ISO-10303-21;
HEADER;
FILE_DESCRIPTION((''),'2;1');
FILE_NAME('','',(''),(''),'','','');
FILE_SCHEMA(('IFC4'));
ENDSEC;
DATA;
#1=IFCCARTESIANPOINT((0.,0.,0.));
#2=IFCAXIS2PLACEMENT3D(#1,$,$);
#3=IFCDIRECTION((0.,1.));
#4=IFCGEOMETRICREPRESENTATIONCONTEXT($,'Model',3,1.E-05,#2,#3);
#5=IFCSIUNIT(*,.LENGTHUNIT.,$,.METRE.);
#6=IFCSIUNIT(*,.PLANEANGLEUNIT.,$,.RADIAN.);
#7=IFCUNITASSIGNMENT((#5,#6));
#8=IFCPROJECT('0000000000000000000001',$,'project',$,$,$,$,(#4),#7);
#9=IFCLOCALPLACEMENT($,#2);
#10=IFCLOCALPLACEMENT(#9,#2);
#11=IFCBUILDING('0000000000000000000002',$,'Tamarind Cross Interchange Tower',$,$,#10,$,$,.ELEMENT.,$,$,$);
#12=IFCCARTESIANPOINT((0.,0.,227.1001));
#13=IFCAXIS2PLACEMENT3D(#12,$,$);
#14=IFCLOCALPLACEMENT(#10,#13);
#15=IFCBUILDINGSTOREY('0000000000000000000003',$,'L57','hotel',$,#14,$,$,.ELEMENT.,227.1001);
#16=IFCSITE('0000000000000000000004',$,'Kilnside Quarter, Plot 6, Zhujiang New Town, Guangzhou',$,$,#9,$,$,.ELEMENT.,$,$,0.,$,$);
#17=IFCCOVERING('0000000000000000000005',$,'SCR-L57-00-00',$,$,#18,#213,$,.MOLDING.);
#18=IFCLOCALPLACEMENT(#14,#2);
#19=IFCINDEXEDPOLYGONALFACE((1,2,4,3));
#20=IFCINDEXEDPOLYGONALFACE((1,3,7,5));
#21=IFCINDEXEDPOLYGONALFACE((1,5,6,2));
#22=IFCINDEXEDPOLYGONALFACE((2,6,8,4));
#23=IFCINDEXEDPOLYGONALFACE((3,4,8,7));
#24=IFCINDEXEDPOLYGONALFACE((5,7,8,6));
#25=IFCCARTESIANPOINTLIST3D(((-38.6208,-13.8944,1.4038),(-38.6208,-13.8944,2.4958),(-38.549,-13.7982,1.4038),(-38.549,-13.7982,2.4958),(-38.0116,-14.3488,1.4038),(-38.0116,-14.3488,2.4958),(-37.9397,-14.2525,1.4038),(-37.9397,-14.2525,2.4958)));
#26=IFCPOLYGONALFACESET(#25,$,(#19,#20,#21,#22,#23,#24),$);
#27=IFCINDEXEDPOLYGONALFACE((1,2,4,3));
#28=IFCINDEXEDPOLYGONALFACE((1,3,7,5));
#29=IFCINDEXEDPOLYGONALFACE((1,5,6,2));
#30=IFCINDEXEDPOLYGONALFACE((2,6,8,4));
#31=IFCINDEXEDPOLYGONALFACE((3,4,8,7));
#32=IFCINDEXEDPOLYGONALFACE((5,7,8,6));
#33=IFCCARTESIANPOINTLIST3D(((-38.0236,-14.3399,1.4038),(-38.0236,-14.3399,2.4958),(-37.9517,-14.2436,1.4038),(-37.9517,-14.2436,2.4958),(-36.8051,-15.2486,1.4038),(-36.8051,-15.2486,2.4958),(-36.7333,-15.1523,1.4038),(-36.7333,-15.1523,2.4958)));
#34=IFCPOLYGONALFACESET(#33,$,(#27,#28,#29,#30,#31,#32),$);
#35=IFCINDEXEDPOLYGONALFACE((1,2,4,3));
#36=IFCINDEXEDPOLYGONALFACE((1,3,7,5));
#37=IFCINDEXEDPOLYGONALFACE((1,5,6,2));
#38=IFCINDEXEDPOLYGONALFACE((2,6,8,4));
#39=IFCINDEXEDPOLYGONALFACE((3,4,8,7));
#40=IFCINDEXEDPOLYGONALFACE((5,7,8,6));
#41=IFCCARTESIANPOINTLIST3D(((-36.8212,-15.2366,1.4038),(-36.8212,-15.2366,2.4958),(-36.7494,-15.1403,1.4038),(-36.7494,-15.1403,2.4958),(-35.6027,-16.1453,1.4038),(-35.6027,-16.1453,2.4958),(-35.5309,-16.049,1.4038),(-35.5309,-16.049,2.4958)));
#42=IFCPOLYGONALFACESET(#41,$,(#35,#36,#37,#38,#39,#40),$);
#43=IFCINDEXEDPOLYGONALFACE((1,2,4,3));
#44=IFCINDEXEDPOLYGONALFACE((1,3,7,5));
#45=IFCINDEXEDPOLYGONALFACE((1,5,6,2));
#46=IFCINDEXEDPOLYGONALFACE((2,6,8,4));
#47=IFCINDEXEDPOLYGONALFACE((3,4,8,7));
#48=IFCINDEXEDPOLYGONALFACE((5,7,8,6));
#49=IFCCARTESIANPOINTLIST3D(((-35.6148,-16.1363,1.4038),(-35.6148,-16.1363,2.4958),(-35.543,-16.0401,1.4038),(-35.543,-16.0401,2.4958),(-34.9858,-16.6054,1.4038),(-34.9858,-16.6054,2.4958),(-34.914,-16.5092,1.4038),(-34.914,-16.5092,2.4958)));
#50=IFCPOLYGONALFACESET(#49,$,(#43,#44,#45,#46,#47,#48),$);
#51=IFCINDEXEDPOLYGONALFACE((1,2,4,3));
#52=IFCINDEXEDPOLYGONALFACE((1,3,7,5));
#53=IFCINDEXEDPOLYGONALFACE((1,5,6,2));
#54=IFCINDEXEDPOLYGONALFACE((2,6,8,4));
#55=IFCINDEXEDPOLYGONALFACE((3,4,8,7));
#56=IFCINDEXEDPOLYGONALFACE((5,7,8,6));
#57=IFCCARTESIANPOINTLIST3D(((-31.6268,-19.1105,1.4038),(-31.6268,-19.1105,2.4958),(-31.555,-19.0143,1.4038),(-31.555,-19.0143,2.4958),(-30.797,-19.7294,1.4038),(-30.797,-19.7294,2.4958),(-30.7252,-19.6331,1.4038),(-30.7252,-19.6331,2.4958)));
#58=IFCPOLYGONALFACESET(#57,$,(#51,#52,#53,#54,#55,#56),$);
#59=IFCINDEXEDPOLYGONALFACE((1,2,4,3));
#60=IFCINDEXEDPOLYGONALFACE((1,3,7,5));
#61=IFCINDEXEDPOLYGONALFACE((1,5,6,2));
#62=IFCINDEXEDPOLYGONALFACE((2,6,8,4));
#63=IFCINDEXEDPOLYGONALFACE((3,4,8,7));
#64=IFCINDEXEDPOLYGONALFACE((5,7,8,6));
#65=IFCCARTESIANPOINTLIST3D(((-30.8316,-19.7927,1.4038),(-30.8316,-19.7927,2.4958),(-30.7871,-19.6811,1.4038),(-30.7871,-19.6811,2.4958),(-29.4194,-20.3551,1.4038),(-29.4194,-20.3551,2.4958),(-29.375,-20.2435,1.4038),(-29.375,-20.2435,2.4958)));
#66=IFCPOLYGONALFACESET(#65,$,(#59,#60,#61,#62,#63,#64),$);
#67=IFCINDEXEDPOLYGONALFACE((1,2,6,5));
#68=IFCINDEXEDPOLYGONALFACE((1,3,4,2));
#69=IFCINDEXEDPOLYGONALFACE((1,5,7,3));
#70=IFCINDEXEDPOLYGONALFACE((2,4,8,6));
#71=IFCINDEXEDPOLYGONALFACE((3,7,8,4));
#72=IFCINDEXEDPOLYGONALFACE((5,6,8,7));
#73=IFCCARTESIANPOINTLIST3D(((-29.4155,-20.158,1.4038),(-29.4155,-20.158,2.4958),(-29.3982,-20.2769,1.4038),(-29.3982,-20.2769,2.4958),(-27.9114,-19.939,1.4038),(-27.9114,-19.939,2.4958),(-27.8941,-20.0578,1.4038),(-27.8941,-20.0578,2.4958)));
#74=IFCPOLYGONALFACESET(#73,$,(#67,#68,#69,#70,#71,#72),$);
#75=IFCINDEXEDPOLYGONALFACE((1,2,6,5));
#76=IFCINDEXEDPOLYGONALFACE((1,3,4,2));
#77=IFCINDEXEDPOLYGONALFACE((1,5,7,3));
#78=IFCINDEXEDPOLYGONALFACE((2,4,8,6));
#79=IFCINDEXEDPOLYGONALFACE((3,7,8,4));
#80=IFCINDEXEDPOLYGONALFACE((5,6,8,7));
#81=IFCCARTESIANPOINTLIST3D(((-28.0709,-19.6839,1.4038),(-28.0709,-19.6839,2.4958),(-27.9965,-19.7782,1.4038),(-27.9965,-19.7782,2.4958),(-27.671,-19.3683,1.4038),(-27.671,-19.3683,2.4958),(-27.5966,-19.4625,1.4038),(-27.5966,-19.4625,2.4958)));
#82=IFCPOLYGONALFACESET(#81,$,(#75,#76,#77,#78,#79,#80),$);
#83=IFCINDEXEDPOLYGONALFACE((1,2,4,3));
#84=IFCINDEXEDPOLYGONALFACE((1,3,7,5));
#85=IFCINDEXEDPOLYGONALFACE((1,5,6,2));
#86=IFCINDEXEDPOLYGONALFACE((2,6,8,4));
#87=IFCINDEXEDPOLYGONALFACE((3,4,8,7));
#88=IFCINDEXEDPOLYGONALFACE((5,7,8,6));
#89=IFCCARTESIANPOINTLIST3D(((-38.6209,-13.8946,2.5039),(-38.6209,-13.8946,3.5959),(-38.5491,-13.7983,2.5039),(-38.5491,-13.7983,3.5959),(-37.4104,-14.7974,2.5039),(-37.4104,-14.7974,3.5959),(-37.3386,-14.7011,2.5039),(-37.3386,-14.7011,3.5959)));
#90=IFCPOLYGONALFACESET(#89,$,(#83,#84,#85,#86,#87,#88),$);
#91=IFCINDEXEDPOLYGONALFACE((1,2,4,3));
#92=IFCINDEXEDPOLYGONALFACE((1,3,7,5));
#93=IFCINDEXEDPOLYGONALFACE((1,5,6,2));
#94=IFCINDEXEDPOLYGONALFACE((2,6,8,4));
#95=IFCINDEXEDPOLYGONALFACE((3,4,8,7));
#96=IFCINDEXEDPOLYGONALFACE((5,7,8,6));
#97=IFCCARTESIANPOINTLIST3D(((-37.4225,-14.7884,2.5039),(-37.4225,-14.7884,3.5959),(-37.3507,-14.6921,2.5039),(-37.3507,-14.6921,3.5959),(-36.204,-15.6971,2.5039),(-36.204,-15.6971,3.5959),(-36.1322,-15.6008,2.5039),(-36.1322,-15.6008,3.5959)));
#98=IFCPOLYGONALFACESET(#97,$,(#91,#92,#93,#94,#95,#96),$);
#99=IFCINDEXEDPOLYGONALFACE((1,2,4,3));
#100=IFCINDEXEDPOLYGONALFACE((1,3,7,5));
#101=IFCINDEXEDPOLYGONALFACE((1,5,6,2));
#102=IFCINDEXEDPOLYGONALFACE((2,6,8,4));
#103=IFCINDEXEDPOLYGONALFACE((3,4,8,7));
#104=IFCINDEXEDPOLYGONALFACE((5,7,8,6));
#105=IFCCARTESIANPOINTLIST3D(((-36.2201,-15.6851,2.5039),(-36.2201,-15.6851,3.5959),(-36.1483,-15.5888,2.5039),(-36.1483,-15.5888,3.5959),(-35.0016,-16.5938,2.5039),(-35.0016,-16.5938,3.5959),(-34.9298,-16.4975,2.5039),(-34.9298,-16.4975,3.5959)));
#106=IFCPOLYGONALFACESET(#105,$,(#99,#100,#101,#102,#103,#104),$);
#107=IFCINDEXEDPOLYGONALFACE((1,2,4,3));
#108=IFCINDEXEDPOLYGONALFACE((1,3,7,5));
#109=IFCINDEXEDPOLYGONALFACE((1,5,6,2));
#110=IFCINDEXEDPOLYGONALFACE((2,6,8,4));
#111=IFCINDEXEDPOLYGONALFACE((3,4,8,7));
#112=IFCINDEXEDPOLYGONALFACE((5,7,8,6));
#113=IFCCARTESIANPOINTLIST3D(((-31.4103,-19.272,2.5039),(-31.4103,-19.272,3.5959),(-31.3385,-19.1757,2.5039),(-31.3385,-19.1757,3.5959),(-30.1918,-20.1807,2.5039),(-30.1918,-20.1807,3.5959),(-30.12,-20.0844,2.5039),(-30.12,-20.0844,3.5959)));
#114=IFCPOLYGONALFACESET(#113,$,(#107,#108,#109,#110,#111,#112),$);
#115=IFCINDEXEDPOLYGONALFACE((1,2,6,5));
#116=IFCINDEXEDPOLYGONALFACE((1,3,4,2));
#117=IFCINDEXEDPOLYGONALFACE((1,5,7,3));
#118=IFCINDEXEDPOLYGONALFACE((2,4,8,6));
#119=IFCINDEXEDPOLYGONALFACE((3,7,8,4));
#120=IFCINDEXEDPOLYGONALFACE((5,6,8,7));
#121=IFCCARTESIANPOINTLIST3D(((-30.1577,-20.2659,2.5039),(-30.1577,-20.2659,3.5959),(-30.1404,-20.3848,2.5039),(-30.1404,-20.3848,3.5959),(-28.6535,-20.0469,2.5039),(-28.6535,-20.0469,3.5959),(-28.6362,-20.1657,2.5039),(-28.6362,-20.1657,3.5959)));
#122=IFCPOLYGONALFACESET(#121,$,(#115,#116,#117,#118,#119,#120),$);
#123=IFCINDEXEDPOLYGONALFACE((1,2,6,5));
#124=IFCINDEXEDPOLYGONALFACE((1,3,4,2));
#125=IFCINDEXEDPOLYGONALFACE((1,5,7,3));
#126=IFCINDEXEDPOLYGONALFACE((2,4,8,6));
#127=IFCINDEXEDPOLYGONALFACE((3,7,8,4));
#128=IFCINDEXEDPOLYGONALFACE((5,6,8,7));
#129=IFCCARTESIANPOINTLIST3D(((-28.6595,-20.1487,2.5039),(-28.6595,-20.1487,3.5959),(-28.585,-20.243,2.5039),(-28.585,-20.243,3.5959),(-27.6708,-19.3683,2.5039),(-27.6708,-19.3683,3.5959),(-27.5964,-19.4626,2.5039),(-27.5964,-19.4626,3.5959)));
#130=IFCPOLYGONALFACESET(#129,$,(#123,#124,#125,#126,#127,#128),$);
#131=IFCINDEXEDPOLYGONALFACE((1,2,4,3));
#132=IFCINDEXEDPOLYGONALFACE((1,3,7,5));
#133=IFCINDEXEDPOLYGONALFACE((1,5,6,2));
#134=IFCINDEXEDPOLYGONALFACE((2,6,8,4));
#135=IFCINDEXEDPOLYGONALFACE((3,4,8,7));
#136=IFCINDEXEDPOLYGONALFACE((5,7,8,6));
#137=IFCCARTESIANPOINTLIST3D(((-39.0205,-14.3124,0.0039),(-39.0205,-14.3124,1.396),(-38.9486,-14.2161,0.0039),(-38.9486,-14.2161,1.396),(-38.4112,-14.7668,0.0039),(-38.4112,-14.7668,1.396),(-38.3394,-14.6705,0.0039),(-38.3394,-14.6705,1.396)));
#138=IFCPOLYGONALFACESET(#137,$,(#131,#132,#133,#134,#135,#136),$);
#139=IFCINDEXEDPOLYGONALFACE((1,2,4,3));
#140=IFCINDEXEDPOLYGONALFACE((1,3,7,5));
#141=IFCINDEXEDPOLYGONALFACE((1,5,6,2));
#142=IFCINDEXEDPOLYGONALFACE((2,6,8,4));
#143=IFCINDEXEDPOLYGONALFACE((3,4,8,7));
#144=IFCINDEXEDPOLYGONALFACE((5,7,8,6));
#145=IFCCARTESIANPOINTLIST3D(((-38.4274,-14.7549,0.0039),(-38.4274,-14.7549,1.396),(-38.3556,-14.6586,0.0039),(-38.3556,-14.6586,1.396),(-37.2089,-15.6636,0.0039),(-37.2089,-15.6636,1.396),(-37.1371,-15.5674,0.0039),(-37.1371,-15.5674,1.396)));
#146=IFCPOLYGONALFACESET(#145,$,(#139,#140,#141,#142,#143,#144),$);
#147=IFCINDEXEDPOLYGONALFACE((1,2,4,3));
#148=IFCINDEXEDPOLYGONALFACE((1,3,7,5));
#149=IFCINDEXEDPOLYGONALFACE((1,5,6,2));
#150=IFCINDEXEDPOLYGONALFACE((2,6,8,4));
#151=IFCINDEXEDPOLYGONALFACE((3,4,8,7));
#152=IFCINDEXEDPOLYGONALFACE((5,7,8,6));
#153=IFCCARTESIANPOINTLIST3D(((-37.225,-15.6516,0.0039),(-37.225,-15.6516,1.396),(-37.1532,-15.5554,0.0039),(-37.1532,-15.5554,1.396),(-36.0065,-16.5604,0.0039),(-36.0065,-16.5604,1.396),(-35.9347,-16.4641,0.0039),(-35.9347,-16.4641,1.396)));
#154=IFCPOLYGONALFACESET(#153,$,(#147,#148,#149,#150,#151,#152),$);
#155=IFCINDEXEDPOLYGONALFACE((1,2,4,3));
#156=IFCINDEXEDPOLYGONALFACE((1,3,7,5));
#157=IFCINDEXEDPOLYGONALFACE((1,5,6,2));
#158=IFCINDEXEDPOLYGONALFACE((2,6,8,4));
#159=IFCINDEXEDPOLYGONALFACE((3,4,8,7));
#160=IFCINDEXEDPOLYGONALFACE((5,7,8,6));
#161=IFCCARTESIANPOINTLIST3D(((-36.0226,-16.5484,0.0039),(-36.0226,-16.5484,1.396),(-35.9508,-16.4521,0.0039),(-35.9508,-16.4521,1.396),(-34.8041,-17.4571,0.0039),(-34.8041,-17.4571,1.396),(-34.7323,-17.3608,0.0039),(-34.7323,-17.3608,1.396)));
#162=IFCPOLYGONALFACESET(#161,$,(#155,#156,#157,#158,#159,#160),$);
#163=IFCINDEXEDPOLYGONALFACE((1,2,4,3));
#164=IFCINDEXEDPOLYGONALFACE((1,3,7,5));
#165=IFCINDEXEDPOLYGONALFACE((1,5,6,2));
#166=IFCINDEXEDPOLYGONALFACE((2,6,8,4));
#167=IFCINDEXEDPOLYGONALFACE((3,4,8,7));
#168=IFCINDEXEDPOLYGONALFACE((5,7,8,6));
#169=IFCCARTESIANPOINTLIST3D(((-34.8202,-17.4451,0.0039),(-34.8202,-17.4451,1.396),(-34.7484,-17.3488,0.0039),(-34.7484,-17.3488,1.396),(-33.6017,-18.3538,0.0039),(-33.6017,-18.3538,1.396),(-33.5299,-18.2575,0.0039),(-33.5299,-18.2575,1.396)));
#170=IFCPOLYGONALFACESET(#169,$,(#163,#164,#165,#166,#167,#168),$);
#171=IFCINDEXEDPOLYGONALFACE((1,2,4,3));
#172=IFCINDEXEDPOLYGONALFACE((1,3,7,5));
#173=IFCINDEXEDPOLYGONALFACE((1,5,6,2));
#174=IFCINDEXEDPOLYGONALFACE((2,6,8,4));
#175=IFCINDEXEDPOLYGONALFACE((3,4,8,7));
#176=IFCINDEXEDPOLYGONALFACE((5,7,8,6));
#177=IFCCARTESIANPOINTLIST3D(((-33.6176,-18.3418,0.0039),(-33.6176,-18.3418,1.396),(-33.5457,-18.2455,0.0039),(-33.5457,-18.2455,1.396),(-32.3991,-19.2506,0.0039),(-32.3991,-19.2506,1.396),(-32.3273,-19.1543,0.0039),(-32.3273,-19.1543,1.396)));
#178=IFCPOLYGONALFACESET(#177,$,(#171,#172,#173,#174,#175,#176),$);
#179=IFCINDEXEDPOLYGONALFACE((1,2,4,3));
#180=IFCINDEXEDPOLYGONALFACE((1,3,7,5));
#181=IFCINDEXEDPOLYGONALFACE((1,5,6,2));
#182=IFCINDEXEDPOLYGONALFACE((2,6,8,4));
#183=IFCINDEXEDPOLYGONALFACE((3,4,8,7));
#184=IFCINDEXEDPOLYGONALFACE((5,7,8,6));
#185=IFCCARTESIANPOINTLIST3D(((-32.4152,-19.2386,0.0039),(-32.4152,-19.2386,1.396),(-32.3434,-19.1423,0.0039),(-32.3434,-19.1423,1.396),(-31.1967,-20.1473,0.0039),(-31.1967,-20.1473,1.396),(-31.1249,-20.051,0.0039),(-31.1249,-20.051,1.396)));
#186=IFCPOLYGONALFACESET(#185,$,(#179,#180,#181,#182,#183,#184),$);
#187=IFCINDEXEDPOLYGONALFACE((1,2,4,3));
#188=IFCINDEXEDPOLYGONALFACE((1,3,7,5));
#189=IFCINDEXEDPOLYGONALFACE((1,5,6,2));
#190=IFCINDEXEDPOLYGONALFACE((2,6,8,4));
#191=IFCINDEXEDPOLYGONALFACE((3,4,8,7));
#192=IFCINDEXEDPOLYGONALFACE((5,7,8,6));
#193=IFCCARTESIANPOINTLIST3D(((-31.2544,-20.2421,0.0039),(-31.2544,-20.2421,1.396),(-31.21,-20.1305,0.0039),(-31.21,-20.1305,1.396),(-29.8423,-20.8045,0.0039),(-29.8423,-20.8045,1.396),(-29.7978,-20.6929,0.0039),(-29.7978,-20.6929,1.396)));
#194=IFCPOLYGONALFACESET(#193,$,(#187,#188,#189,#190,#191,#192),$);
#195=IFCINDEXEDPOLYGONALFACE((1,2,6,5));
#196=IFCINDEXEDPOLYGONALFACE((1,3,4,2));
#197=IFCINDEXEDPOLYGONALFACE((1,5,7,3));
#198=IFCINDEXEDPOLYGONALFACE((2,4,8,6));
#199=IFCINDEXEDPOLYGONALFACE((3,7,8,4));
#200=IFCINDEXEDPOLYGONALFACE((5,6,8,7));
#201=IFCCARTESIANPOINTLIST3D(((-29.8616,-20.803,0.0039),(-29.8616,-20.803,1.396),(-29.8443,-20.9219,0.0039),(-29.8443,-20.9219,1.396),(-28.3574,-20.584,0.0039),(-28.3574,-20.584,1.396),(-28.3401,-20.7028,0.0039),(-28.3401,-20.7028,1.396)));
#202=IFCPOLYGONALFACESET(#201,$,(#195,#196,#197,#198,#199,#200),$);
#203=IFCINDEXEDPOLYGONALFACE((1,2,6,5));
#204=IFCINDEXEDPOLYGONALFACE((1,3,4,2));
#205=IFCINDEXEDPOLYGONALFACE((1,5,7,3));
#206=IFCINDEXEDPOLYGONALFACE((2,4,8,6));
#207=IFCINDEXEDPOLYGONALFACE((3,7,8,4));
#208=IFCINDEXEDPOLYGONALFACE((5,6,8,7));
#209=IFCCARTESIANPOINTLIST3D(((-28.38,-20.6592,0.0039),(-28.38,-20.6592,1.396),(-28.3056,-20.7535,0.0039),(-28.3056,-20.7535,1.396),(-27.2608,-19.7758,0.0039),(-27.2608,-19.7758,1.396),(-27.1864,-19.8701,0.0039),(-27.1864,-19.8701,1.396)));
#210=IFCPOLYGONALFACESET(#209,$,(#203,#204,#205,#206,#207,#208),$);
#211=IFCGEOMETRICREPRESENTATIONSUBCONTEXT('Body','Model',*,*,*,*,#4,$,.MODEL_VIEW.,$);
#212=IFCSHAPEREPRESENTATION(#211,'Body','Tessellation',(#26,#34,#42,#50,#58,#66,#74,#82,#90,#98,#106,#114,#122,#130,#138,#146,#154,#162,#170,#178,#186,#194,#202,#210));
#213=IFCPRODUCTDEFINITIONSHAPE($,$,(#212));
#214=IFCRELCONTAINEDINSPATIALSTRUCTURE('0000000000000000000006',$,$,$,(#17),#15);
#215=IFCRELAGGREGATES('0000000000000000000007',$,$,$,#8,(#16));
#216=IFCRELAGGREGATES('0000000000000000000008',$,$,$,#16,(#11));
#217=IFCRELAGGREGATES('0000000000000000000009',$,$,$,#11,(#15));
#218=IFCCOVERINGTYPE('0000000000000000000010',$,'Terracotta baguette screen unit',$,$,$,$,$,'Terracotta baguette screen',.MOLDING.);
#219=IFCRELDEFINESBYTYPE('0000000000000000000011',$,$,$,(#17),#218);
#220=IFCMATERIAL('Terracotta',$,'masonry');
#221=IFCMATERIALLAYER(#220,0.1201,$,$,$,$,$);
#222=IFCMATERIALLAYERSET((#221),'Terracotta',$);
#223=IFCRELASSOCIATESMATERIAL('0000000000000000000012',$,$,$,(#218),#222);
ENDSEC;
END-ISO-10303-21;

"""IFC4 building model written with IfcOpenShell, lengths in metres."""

from ifc_helpers import new_model, si_unit, direction, frame, origin, origin_2d, place, context, subcontext, project, spatial, rectangle, extrude, material, layer, layer_set, type_object, element, save


model = new_model("IFC4")

# Units and contexts
model_context = context("Model", 3, precision=1e-05, world=origin(), true_north=direction((0.0, 1.0)))
body_context = subcontext(model_context, "Body", "Model", "MODEL_VIEW")
ifc_project = project(units=[si_unit("LENGTHUNIT", "METRE"), si_unit("PLANEANGLEUNIT", "RADIAN")], contexts=[model_context])

# Site, building, storey
site_placement = place(None, origin())
site = spatial("IfcSite", under=ifc_project, at=site_placement, Name="Kilnside Quarter, Plot 6, Zhujiang New Town, Guangzhou", CompositionType="ELEMENT", RefElevation=0.0)
building_placement = place(site_placement, origin())
building = spatial("IfcBuilding", under=site, at=building_placement, Name="Tamarind Cross Interchange Tower", CompositionType="ELEMENT")
storey_placement = place(building_placement, frame((0.0, 0.0, 227.1001)))
storey = spatial("IfcBuildingStorey", under=building, at=storey_placement, Name="L57", Description="hotel", CompositionType="ELEMENT", Elevation=227.1001)

# Covering
ifc_material_1 = material(Name="Terracotta", Category="masonry")
ifc_layer_1 = layer(ifc_material_1, 0.1201)
ifc_layer_set_1 = layer_set([ifc_layer_1], Name="Terracotta")
covering_type = type_object("IfcCoveringType", Name="Terracotta baguette screen unit", ElementType="Terracotta baguette screen", PredefinedType="MOLDING", material=ifc_layer_set_1)
covering_1_placement = place(storey_placement, origin())
element("IfcCovering", 1, at=covering_1_placement, inside=storey, type_object=covering_type, Name="SCR-L57-00-00", PredefinedType="MOLDING", context=body_context, shape_type="SweptSolid", body=[
    extrude(rectangle(XDim=0.76, YDim=0.1201, at=origin_2d()), frame((-38.2803, -14.0735, 1.4038), z_axis=(0.0, 0.0, 1.0), x_axis=(0.801617, -0.597838, 0.0)), (0.0, 0.0, 1.0), 1.092),
    extrude(rectangle(XDim=1.52, YDim=0.1201, at=origin_2d()), frame((-37.3784, -14.7461, 1.4038), z_axis=(0.0, 0.0, 1.0), x_axis=(0.801617, -0.597838, 0.0)), (0.0, 0.0, 1.0), 1.092),
    extrude(rectangle(XDim=1.52, YDim=0.1201, at=origin_2d()), frame((-36.176, -15.6428, 1.4038), z_axis=(0.0, 0.0, 1.0), x_axis=(0.801617, -0.597838, 0.0)), (0.0, 0.0, 1.0), 1.092),
    extrude(rectangle(XDim=0.7847, YDim=0.1201, at=origin_2d()), frame((-35.2644, -16.3228, 1.4038), z_axis=(0.0, 0.0, 1.0), x_axis=(0.801617, -0.597838, 0.0)), (0.0, 0.0, 1.0), 1.092),
    extrude(rectangle(XDim=1.0352, YDim=0.1201, at=origin_2d()), frame((-31.176, -19.3718, 1.4038), z_axis=(0.0, 0.0, 1.0), x_axis=(0.801617, -0.597838, 0.0)), (0.0, 0.0, 1.0), 1.092),
    extrude(rectangle(XDim=1.52, YDim=0.1201, at=origin_2d()), frame((-30.1033, -20.0181, 1.4038), z_axis=(0.0, 0.0, 1.0), x_axis=(0.929034, -0.369993, 0.0)), (0.0, 0.0, 1.0), 1.092),
    extrude(rectangle(XDim=1.52, YDim=0.1201, at=origin_2d()), frame((-28.6548, -20.1079, 1.4038), z_axis=(0.0, 0.0, 1.0), x_axis=(0.989564, 0.144094, 0.0)), (0.0, 0.0, 1.0), 1.092),
    extrude(rectangle(XDim=0.5095, YDim=0.1201, at=origin_2d()), frame((-27.8337, -19.5732, 1.4038), z_axis=(0.0, 0.0, 1.0), x_axis=(0.784941, 0.619571, 0.0)), (0.0, 0.0, 1.0), 1.092),
    extrude(rectangle(XDim=1.51, YDim=0.1201, at=origin_2d()), frame((-37.9797, -14.2979, 2.5039), z_axis=(0.0, 0.0, 1.0), x_axis=(0.801617, -0.597838, 0.0)), (0.0, 0.0, 1.0), 1.092),
    extrude(rectangle(XDim=1.52, YDim=0.1201, at=origin_2d()), frame((-36.7773, -15.1946, 2.5039), z_axis=(0.0, 0.0, 1.0), x_axis=(0.801617, -0.597838, 0.0)), (0.0, 0.0, 1.0), 1.092),
    extrude(rectangle(XDim=1.52, YDim=0.1201, at=origin_2d()), frame((-35.575, -16.0913, 2.5039), z_axis=(0.0, 0.0, 1.0), x_axis=(0.801617, -0.597838, 0.0)), (0.0, 0.0, 1.0), 1.092),
    extrude(rectangle(XDim=1.52, YDim=0.1201, at=origin_2d()), frame((-30.7651, -19.6782, 2.5039), z_axis=(0.0, 0.0, 1.0), x_axis=(0.801617, -0.597838, 0.0)), (0.0, 0.0, 1.0), 1.092),
    extrude(rectangle(XDim=1.52, YDim=0.1201, at=origin_2d()), frame((-29.397, -20.2158, 2.5039), z_axis=(0.0, 0.0, 1.0), x_axis=(0.989564, 0.144094, 0.0)), (0.0, 0.0, 1.0), 1.092),
    extrude(rectangle(XDim=1.2595, YDim=0.1201, at=origin_2d()), frame((-28.1279, -19.8057, 2.5039), z_axis=(0.0, 0.0, 1.0), x_axis=(0.784941, 0.619571, 0.0)), (0.0, 0.0, 1.0), 1.092),
    extrude(rectangle(XDim=0.76, YDim=0.1201, at=origin_2d()), frame((-38.6799, -14.4915, 0.0039), z_axis=(0.0, 0.0, 1.0), x_axis=(0.801617, -0.597838, 0.0)), (0.0, 0.0, 1.0), 1.3921),
    extrude(rectangle(XDim=1.52, YDim=0.1201, at=origin_2d()), frame((-37.7822, -15.1611, 0.0039), z_axis=(0.0, 0.0, 1.0), x_axis=(0.801617, -0.597838, 0.0)), (0.0, 0.0, 1.0), 1.3921),
    extrude(rectangle(XDim=1.52, YDim=0.1201, at=origin_2d()), frame((-36.5798, -16.0579, 0.0039), z_axis=(0.0, 0.0, 1.0), x_axis=(0.801617, -0.597838, 0.0)), (0.0, 0.0, 1.0), 1.3921),
    extrude(rectangle(XDim=1.52, YDim=0.1201, at=origin_2d()), frame((-35.3774, -16.9546, 0.0039), z_axis=(0.0, 0.0, 1.0), x_axis=(0.801617, -0.597838, 0.0)), (0.0, 0.0, 1.0), 1.3921),
    extrude(rectangle(XDim=1.52, YDim=0.1201, at=origin_2d()), frame((-34.175, -17.8513, 0.0039), z_axis=(0.0, 0.0, 1.0), x_axis=(0.801617, -0.597838, 0.0)), (0.0, 0.0, 1.0), 1.3921),
    extrude(rectangle(XDim=1.52, YDim=0.1201, at=origin_2d()), frame((-32.9724, -18.748, 0.0039), z_axis=(0.0, 0.0, 1.0), x_axis=(0.801617, -0.597838, 0.0)), (0.0, 0.0, 1.0), 1.3921),
    extrude(rectangle(XDim=1.52, YDim=0.1201, at=origin_2d()), frame((-31.77, -19.6448, 0.0039), z_axis=(0.0, 0.0, 1.0), x_axis=(0.801617, -0.597838, 0.0)), (0.0, 0.0, 1.0), 1.3921),
    extrude(rectangle(XDim=1.52, YDim=0.1201, at=origin_2d()), frame((-30.5261, -20.4675, 0.0039), z_axis=(0.0, 0.0, 1.0), x_axis=(0.929034, -0.369993, 0.0)), (0.0, 0.0, 1.0), 1.3921),
    extrude(rectangle(XDim=1.52, YDim=0.1201, at=origin_2d()), frame((-29.1008, -20.7529, 0.0039), z_axis=(0.0, 0.0, 1.0), x_axis=(0.989564, 0.144094, 0.0)), (0.0, 0.0, 1.0), 1.3921),
    extrude(rectangle(XDim=1.4258, YDim=0.1201, at=origin_2d()), frame((-27.7832, -20.2646, 0.0039), z_axis=(0.0, 0.0, 1.0), x_axis=(0.784941, 0.619571, 0.0)), (0.0, 0.0, 1.0), 1.3921),
])

save(model, "model.ifc")
